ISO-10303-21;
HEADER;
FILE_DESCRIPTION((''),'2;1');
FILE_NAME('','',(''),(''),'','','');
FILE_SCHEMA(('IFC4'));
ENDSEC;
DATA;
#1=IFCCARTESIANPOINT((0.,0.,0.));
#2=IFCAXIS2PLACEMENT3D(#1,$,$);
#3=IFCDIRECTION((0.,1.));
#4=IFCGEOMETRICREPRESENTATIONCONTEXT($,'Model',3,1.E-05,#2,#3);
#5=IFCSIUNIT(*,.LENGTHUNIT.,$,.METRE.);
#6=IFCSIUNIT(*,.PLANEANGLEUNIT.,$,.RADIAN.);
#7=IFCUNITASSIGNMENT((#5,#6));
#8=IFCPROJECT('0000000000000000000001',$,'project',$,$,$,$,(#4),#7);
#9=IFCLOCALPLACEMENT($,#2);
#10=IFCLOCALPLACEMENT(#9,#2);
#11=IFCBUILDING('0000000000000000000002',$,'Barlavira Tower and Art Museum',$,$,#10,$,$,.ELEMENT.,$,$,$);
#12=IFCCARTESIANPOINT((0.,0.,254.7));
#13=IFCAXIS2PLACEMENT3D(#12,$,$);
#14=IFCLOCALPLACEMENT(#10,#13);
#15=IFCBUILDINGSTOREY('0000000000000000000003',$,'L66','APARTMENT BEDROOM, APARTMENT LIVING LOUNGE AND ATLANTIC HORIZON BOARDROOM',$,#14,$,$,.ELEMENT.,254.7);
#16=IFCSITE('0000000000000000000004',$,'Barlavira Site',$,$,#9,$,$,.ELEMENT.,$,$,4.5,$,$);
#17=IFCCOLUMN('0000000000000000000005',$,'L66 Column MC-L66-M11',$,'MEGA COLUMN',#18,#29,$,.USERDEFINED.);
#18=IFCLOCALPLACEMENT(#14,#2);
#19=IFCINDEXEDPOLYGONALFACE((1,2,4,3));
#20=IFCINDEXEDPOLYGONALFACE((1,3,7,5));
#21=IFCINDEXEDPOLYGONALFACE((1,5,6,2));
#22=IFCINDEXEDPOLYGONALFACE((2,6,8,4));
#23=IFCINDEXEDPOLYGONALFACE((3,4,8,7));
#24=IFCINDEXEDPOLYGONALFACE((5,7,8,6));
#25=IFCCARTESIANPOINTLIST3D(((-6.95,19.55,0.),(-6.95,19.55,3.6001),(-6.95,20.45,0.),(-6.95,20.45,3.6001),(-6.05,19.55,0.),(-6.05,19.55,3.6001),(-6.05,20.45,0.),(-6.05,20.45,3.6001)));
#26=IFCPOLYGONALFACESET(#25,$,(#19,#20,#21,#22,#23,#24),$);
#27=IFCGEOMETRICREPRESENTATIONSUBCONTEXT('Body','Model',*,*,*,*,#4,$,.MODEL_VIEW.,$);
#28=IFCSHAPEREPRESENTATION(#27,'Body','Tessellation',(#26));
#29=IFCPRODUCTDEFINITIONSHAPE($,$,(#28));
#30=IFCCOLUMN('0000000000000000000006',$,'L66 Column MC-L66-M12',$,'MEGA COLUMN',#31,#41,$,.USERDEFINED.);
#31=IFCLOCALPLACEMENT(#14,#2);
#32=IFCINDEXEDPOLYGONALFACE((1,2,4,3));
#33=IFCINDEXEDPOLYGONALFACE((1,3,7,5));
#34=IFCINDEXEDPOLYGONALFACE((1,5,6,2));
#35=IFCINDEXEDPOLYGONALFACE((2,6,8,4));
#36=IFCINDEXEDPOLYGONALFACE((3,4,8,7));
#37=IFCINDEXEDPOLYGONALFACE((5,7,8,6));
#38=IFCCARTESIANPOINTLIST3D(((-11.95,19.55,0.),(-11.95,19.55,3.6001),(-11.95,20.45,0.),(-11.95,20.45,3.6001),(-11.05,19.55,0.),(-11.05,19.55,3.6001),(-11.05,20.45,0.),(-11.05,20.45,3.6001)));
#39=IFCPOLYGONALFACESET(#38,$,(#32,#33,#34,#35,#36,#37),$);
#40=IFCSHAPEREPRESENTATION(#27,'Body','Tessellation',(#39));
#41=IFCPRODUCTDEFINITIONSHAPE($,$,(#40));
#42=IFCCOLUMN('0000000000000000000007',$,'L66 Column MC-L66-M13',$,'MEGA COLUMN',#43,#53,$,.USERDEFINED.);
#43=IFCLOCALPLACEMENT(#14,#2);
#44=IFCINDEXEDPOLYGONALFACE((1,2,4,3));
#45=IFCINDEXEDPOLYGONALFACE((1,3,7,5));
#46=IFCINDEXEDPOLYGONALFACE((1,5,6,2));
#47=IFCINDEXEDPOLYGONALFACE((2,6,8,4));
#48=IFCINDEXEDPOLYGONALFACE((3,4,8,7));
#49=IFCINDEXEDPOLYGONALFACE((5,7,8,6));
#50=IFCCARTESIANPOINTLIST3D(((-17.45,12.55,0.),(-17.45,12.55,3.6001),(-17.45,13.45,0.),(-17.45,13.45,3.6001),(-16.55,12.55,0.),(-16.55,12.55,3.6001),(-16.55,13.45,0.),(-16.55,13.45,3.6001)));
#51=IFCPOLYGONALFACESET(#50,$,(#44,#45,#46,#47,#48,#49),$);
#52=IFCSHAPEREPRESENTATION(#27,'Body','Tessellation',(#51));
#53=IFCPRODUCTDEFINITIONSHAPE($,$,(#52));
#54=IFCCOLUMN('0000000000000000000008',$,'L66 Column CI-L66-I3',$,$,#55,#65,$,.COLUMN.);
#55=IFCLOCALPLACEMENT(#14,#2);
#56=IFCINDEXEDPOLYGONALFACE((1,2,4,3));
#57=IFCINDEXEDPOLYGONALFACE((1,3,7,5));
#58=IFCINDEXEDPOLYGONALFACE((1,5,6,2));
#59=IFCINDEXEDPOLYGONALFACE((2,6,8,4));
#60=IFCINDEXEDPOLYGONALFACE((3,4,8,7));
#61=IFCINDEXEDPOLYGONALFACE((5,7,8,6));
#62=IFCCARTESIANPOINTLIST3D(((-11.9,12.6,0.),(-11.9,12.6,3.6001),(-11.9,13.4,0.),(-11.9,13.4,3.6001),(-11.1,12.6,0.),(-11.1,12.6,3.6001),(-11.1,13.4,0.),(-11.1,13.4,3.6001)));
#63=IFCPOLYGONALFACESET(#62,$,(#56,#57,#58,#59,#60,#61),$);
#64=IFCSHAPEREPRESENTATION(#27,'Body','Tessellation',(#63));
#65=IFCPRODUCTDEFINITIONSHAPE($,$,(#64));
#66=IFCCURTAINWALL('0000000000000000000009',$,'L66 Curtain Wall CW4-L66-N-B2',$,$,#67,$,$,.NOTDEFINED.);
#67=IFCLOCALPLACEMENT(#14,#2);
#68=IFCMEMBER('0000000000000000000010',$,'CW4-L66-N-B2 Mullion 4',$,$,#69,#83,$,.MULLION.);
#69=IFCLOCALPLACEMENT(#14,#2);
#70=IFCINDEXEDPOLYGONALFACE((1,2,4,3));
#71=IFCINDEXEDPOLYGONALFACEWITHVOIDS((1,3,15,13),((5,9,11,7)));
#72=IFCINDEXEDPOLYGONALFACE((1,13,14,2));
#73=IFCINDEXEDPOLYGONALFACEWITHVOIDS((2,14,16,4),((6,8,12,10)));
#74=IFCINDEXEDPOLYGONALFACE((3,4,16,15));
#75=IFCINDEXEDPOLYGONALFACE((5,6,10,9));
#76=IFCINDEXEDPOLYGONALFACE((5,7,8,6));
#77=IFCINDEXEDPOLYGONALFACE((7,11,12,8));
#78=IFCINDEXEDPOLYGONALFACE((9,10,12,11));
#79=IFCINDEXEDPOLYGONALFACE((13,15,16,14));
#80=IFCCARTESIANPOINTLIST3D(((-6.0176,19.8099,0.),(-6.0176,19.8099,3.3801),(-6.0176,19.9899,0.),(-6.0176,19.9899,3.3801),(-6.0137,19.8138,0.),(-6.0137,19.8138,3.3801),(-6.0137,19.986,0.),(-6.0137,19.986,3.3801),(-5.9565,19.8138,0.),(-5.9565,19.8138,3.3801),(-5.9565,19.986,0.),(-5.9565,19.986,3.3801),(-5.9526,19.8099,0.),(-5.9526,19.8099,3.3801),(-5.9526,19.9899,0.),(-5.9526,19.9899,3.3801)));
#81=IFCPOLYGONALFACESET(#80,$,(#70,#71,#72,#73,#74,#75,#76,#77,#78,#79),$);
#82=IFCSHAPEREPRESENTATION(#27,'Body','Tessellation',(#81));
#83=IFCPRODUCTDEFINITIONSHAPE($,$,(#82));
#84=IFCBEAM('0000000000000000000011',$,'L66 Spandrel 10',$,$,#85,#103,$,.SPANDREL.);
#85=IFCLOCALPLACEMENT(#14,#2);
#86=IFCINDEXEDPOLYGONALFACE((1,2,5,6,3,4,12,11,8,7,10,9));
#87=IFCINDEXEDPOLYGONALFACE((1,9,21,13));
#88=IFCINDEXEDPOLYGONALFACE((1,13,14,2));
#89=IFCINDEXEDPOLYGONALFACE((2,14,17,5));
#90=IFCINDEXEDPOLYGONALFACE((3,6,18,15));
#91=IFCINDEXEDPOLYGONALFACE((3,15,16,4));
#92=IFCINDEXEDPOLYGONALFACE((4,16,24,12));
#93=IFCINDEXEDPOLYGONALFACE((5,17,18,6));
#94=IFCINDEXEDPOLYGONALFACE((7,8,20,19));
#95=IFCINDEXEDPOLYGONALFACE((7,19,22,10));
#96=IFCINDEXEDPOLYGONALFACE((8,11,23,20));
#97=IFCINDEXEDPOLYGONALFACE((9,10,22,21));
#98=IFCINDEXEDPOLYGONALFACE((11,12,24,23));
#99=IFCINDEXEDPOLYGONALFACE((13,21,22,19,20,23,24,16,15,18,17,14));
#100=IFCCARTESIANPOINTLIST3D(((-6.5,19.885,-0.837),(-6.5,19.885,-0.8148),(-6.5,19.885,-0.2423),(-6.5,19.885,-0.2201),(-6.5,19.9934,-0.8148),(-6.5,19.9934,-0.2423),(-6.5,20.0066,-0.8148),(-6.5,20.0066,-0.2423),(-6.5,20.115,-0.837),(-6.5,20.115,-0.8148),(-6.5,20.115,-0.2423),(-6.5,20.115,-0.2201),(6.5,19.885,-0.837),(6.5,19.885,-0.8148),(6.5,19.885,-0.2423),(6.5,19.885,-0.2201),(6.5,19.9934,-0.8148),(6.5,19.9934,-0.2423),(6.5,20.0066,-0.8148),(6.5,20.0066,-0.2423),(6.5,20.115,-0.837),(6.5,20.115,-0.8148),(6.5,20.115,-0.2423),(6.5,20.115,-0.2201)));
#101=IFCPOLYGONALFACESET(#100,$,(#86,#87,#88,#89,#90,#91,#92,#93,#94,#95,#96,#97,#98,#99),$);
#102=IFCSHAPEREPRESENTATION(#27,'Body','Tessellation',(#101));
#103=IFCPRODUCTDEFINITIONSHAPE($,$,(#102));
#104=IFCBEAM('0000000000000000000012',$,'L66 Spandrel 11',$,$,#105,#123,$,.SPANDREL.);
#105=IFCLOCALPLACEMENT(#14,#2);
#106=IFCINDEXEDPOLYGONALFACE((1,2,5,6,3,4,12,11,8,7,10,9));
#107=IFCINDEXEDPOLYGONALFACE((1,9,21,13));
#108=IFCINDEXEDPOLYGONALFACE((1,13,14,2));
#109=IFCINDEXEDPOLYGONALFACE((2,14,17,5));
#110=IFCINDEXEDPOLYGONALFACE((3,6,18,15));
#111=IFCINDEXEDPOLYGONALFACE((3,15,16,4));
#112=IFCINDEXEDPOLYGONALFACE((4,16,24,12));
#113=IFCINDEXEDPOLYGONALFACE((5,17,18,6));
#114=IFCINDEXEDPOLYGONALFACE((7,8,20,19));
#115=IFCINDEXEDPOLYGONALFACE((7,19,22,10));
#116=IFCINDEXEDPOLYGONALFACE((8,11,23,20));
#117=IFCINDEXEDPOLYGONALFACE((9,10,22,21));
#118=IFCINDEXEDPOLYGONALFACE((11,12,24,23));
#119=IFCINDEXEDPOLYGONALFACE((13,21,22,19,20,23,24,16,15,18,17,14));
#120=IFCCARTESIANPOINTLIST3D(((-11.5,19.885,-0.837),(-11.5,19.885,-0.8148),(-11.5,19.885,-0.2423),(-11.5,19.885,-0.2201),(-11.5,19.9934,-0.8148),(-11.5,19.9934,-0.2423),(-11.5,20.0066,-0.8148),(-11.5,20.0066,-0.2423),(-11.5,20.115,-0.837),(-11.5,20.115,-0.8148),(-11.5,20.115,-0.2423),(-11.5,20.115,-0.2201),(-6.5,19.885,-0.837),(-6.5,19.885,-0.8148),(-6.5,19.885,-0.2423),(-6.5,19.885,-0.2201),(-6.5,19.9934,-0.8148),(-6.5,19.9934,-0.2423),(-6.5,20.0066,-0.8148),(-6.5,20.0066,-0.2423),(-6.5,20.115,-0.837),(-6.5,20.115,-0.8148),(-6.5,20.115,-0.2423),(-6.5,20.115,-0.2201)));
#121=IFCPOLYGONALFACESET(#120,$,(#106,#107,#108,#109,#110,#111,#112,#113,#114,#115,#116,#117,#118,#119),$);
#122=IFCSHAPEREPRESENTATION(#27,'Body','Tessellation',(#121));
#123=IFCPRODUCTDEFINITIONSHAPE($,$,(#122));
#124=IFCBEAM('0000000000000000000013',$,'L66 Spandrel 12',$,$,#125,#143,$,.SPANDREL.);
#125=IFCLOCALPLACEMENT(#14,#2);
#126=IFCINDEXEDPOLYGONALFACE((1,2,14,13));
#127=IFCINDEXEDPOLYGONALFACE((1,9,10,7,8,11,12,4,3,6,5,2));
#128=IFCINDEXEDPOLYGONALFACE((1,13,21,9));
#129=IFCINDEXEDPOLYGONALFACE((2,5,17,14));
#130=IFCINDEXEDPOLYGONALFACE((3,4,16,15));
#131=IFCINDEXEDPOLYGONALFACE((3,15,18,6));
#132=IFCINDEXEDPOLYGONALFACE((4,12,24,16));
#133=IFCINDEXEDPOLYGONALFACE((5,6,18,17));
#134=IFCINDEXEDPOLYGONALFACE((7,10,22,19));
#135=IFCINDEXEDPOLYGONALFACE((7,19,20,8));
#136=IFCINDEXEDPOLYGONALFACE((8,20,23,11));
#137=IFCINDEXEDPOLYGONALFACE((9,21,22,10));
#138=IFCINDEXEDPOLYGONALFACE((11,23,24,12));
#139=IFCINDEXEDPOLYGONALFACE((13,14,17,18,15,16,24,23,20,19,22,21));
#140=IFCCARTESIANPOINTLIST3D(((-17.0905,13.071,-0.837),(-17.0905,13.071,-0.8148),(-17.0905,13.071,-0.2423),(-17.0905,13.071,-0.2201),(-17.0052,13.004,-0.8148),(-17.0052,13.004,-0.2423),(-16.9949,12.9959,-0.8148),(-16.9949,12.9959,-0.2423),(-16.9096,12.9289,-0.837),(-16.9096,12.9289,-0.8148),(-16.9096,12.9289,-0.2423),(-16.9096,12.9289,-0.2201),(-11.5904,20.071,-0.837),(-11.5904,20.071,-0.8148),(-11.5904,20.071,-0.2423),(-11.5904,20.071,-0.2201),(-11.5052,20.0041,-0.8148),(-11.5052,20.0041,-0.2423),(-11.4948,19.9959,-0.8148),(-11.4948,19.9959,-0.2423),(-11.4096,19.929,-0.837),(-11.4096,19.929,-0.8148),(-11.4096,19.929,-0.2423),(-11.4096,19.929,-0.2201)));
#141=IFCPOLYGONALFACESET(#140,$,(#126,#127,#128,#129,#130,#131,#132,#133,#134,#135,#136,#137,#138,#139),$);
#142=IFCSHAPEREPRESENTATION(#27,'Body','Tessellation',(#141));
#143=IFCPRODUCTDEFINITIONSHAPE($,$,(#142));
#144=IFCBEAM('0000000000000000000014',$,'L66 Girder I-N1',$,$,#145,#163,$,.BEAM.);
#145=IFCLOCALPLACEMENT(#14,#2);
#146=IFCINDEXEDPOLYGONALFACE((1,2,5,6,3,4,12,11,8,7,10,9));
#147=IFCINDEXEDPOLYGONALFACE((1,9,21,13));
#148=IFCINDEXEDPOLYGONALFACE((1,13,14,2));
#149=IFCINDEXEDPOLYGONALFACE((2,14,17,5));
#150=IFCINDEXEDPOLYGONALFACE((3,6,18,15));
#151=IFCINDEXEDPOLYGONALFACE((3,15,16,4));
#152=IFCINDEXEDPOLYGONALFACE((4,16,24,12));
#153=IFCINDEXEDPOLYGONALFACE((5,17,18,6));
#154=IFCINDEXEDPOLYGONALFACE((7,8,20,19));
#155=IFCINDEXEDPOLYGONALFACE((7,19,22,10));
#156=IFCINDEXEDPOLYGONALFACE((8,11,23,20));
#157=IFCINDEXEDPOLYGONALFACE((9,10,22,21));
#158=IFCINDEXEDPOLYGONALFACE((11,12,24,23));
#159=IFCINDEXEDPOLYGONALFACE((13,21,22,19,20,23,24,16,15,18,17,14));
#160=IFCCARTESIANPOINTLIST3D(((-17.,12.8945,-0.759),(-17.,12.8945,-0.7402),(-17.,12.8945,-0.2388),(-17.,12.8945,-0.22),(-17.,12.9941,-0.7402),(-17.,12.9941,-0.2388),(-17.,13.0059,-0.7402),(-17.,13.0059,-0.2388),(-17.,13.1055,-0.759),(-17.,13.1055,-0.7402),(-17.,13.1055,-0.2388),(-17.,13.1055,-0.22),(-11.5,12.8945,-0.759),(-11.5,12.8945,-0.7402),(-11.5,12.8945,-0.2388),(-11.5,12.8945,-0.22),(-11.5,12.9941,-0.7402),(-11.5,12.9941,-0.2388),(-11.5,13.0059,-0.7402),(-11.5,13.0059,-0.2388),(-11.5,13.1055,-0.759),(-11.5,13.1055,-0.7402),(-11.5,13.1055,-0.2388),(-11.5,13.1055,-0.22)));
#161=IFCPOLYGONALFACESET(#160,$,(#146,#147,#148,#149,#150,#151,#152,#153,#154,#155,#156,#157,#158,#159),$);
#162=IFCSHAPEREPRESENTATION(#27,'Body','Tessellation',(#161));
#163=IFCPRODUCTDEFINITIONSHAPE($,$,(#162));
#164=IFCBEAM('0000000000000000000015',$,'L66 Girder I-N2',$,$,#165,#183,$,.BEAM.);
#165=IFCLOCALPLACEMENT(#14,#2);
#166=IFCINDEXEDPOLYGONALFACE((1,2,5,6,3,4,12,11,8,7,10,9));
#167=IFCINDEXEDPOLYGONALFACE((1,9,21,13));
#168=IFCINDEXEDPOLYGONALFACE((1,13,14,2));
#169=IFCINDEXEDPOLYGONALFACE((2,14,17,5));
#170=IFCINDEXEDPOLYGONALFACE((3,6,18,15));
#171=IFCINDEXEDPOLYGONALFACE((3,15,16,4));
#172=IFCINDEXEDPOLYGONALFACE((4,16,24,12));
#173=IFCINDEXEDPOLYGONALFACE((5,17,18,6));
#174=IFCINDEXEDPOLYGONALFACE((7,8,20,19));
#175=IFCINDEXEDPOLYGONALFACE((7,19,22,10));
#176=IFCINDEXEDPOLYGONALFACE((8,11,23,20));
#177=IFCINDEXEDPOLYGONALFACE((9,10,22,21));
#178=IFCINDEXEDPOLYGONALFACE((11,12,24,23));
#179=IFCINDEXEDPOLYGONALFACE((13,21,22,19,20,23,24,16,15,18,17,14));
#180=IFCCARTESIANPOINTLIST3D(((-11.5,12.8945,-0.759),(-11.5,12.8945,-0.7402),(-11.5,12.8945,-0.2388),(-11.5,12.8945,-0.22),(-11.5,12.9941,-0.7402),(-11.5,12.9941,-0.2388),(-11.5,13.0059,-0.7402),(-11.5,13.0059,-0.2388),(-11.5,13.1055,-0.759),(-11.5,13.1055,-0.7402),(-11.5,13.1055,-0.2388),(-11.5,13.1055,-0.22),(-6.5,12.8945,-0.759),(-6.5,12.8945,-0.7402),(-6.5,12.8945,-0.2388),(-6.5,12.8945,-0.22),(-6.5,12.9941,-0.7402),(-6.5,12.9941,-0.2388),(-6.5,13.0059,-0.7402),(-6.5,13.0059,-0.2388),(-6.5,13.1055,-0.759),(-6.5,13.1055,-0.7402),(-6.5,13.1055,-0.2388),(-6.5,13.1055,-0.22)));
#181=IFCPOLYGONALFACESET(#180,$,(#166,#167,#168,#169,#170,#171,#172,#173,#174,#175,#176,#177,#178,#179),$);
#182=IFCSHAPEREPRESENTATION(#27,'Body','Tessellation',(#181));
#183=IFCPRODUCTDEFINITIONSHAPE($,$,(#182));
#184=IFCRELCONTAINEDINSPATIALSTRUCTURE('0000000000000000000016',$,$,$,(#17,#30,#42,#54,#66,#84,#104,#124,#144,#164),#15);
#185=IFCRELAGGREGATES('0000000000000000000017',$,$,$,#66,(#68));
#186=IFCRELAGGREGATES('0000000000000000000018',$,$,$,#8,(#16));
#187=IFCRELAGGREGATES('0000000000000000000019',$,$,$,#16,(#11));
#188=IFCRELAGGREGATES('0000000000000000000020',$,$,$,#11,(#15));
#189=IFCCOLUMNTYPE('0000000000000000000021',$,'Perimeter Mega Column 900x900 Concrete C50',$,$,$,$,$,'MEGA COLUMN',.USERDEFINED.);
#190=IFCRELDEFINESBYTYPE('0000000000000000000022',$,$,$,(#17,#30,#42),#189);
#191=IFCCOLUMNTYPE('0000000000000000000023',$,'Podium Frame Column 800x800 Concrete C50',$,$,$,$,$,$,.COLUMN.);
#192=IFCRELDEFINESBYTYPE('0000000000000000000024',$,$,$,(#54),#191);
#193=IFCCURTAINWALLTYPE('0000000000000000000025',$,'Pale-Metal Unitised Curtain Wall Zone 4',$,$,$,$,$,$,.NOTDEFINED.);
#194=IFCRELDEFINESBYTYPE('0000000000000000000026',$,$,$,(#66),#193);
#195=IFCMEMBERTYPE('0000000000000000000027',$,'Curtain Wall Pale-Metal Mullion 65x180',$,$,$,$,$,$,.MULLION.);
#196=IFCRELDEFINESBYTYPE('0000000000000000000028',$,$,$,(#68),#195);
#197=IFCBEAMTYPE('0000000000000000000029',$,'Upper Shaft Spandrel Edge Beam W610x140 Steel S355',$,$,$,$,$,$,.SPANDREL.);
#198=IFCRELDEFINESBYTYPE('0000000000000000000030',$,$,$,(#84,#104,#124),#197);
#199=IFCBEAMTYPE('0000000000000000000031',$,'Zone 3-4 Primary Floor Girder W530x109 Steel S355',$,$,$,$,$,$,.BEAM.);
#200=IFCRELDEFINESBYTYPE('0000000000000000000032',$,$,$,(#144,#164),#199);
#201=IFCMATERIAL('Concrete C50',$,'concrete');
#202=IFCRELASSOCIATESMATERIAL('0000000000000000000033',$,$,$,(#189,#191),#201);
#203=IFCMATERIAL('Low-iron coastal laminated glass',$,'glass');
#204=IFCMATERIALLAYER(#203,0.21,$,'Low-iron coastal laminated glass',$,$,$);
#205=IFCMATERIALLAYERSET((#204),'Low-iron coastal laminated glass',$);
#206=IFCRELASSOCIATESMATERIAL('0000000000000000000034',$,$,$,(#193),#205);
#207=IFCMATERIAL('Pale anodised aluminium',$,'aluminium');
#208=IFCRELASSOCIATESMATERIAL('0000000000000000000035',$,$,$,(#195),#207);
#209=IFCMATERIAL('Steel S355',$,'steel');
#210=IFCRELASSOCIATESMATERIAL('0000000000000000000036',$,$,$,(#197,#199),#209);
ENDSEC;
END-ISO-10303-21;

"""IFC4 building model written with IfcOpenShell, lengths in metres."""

from ifc_helpers import new_model, si_unit, direction, frame, origin, origin_2d, place, context, subcontext, project, spatial, rectangle, hollow_rectangle, i_section, extrude, material, layer, layer_set, material_profile, profile_set, type_object, element, aggregate, save


model = new_model("IFC4")

# Units and contexts
model_context = context("Model", 3, precision=1e-05, world=origin(), true_north=direction((0.0, 1.0)))
body_context = subcontext(model_context, "Body", "Model", "MODEL_VIEW")
ifc_project = project(units=[si_unit("LENGTHUNIT", "METRE"), si_unit("PLANEANGLEUNIT", "RADIAN")], contexts=[model_context])

# Site, building, storey
site_placement = place(None, origin())
site = spatial("IfcSite", under=ifc_project, at=site_placement, Name="Barlavira Site", CompositionType="ELEMENT", RefElevation=4.5)
building_placement = place(site_placement, origin())
building = spatial("IfcBuilding", under=site, at=building_placement, Name="Barlavira Tower and Art Museum", CompositionType="ELEMENT")
storey_placement = place(building_placement, frame((0.0, 0.0, 254.7)))
storey = spatial("IfcBuildingStorey", under=building, at=storey_placement, Name="L66", Description="APARTMENT BEDROOM, APARTMENT LIVING LOUNGE AND ATLANTIC HORIZON BOARDROOM", CompositionType="ELEMENT", Elevation=254.7)

# Columns
ifc_material_1 = material(Name="Concrete C50", Category="concrete")
ifc_material_profile_1 = material_profile(ifc_material_1, rectangle(XDim=0.8999, YDim=0.8999, at=origin_2d()), Name="RC-COL 900x900")
ifc_profile_set_1 = profile_set([ifc_material_profile_1], Name="Concrete C50")
column_type_1 = type_object("IfcColumnType", Name="Perimeter Mega Column 900x900 Concrete C50", ElementType="MEGA COLUMN", PredefinedType="USERDEFINED", material=ifc_profile_set_1)
for number, where, z_axis, x_axis, name in (
    (1, (-6.5, 20.0, 0.0), (0.0, 0.0, 1.0), (1.0, 0.0, 0.0), "L66 Column MC-L66-M11"),
    (2, (-11.5, 20.0, 0.0), (0.0, 0.0, 1.0), (1.0, 0.0, 0.0), "L66 Column MC-L66-M12"),
    (3, (-17.0, 13.0, 0.0), (0.0, 0.0, 1.0), (1.0, 0.0, 0.0), "L66 Column MC-L66-M13"),
):
    element("IfcColumn", number, at=place(storey_placement, frame(where, z_axis=z_axis, x_axis=x_axis)), inside=storey, type_object=column_type_1, Name=name, ObjectType="MEGA COLUMN", PredefinedType="USERDEFINED", context=body_context, shape_type="SweptSolid", body=[
        extrude(rectangle(XDim=0.8999, YDim=0.8999, at=origin_2d()), origin(), (0.0, 0.0, 1.0), 3.6001),
    ])
ifc_material_profile_2 = material_profile(ifc_material_1, rectangle(XDim=0.8, YDim=0.8, at=origin_2d()), Name="RC-COL 800x800")
ifc_profile_set_2 = profile_set([ifc_material_profile_2], Name="Concrete C50")
column_type_2 = type_object("IfcColumnType", Name="Podium Frame Column 800x800 Concrete C50", PredefinedType="COLUMN", material=ifc_profile_set_2)
column_placement = place(storey_placement, frame((-11.5, 13.0, 0.0), z_axis=(0.0, 0.0, 1.0), x_axis=(1.0, 0.0, 0.0)))
element("IfcColumn", 4, at=column_placement, inside=storey, type_object=column_type_2, Name="L66 Column CI-L66-I3", PredefinedType="COLUMN", context=body_context, shape_type="SweptSolid", body=[
    extrude(rectangle(XDim=0.8, YDim=0.8, at=origin_2d()), origin(), (0.0, 0.0, 1.0), 3.6001),
])

# Curtain wall, member
ifc_material_2 = material(Name="Low-iron coastal laminated glass", Category="glass")
ifc_layer_1 = layer(ifc_material_2, 0.21, Name="Low-iron coastal laminated glass")
ifc_layer_set_1 = layer_set([ifc_layer_1], Name="Low-iron coastal laminated glass")
curtain_wall_type = type_object("IfcCurtainWallType", Name="Pale-Metal Unitised Curtain Wall Zone 4", PredefinedType="NOTDEFINED", material=ifc_layer_set_1)
curtain_wall_placement = place(storey_placement, origin())
curtain_wall = element("IfcCurtainWall", 5, at=curtain_wall_placement, inside=storey, type_object=curtain_wall_type, Name="L66 Curtain Wall CW4-L66-N-B2", PredefinedType="NOTDEFINED")
ifc_material_3 = material(Name="Pale anodised aluminium", Category="aluminium")
ifc_material_profile_3 = material_profile(ifc_material_3, hollow_rectangle(XDim=0.0649, YDim=0.1799, WallThickness=0.0039, at=origin_2d()), Name="ALU-MULL 65x180x4")
ifc_profile_set_3 = profile_set([ifc_material_profile_3], Name="Pale anodised aluminium")
member_type = type_object("IfcMemberType", Name="Curtain Wall Pale-Metal Mullion 65x180", PredefinedType="MULLION", material=ifc_profile_set_3)
member_placement = place(storey_placement, frame((-5.9851, 19.8999, 0.0), z_axis=(0.0, 0.0, 1.0), x_axis=(-1.0, 0.0, 0.0)))
member = element("IfcMember", 6, at=member_placement, type_object=member_type, Name="CW4-L66-N-B2 Mullion 4", PredefinedType="MULLION", context=body_context, shape_type="SweptSolid", body=[
    extrude(hollow_rectangle(XDim=0.0649, YDim=0.1799, WallThickness=0.0039, at=origin_2d()), origin(), (0.0, 0.0, 1.0), 3.3801),
])
aggregate(curtain_wall, [member])

# Beams
ifc_material_4 = material(Name="Steel S355", Category="steel")
ifc_material_profile_4 = material_profile(ifc_material_4, i_section(OverallWidth=0.23, OverallDepth=0.6169, WebThickness=0.0132, FlangeThickness=0.0222, at=origin_2d()), Name="W610x140.0")
ifc_profile_set_4 = profile_set([ifc_material_profile_4], Name="Steel S355")
beam_type_1 = type_object("IfcBeamType", Name="Upper Shaft Spandrel Edge Beam W610x140 Steel S355", PredefinedType="SPANDREL", material=ifc_profile_set_4)
beam_1_placement = place(storey_placement, frame((-6.5, 20.0, -0.5286), z_axis=(1.0, 0.0, 0.0), x_axis=(0.0, 1.0, 0.0)))
element("IfcBeam", 7, at=beam_1_placement, inside=storey, type_object=beam_type_1, Name="L66 Spandrel 10", PredefinedType="SPANDREL", context=body_context, shape_type="SweptSolid", body=[
    extrude(i_section(OverallWidth=0.23, OverallDepth=0.6169, WebThickness=0.0132, FlangeThickness=0.0222, at=origin_2d()), origin(), (0.0, 0.0, 1.0), 13.0),
])
beam_2_placement = place(storey_placement, frame((-11.5, 20.0, -0.5286), z_axis=(1.0, 0.0, 0.0), x_axis=(0.0, 1.0, 0.0)))
element("IfcBeam", 8, at=beam_2_placement, inside=storey, type_object=beam_type_1, Name="L66 Spandrel 11", PredefinedType="SPANDREL", context=body_context, shape_type="SweptSolid", body=[
    extrude(i_section(OverallWidth=0.23, OverallDepth=0.6169, WebThickness=0.0132, FlangeThickness=0.0222, at=origin_2d()), origin(), (0.0, 0.0, 1.0), 5.0),
])
beam_3_placement = place(storey_placement, frame((-11.5, 20.0, -0.5286), z_axis=(-0.617822, -0.786318, 0.0), x_axis=(0.786318, -0.617822, 0.0)))
element("IfcBeam", 9, at=beam_3_placement, inside=storey, type_object=beam_type_1, Name="L66 Spandrel 12", PredefinedType="SPANDREL", context=body_context, shape_type="SweptSolid", body=[
    extrude(i_section(OverallWidth=0.23, OverallDepth=0.6169, WebThickness=0.0132, FlangeThickness=0.0222, at=origin_2d()), origin(), (0.0, 0.0, 1.0), 8.9023),
])
ifc_material_profile_5 = material_profile(ifc_material_4, i_section(OverallWidth=0.2109, OverallDepth=0.5391, WebThickness=0.0117, FlangeThickness=0.0188, at=origin_2d()), Name="W530x109.0")
ifc_profile_set_5 = profile_set([ifc_material_profile_5], Name="Steel S355")
beam_type_2 = type_object("IfcBeamType", Name="Zone 3-4 Primary Floor Girder W530x109 Steel S355", PredefinedType="BEAM", material=ifc_profile_set_5)
beam_4_placement = place(storey_placement, frame((-17.0, 13.0, -0.4895), z_axis=(1.0, 0.0, 0.0), x_axis=(0.0, 1.0, 0.0)))
element("IfcBeam", 10, at=beam_4_placement, inside=storey, type_object=beam_type_2, Name="L66 Girder I-N1", PredefinedType="BEAM", context=body_context, shape_type="SweptSolid", body=[
    extrude(i_section(OverallWidth=0.2109, OverallDepth=0.5391, WebThickness=0.0117, FlangeThickness=0.0188, at=origin_2d()), origin(), (0.0, 0.0, 1.0), 5.5),
])
beam_5_placement = place(storey_placement, frame((-11.5, 13.0, -0.4895), z_axis=(1.0, 0.0, 0.0), x_axis=(0.0, 1.0, 0.0)))
element("IfcBeam", 11, at=beam_5_placement, inside=storey, type_object=beam_type_2, Name="L66 Girder I-N2", PredefinedType="BEAM", context=body_context, shape_type="SweptSolid", body=[
    extrude(i_section(OverallWidth=0.2109, OverallDepth=0.5391, WebThickness=0.0117, FlangeThickness=0.0188, at=origin_2d()), origin(), (0.0, 0.0, 1.0), 5.0),
])

save(model, "model.ifc")
